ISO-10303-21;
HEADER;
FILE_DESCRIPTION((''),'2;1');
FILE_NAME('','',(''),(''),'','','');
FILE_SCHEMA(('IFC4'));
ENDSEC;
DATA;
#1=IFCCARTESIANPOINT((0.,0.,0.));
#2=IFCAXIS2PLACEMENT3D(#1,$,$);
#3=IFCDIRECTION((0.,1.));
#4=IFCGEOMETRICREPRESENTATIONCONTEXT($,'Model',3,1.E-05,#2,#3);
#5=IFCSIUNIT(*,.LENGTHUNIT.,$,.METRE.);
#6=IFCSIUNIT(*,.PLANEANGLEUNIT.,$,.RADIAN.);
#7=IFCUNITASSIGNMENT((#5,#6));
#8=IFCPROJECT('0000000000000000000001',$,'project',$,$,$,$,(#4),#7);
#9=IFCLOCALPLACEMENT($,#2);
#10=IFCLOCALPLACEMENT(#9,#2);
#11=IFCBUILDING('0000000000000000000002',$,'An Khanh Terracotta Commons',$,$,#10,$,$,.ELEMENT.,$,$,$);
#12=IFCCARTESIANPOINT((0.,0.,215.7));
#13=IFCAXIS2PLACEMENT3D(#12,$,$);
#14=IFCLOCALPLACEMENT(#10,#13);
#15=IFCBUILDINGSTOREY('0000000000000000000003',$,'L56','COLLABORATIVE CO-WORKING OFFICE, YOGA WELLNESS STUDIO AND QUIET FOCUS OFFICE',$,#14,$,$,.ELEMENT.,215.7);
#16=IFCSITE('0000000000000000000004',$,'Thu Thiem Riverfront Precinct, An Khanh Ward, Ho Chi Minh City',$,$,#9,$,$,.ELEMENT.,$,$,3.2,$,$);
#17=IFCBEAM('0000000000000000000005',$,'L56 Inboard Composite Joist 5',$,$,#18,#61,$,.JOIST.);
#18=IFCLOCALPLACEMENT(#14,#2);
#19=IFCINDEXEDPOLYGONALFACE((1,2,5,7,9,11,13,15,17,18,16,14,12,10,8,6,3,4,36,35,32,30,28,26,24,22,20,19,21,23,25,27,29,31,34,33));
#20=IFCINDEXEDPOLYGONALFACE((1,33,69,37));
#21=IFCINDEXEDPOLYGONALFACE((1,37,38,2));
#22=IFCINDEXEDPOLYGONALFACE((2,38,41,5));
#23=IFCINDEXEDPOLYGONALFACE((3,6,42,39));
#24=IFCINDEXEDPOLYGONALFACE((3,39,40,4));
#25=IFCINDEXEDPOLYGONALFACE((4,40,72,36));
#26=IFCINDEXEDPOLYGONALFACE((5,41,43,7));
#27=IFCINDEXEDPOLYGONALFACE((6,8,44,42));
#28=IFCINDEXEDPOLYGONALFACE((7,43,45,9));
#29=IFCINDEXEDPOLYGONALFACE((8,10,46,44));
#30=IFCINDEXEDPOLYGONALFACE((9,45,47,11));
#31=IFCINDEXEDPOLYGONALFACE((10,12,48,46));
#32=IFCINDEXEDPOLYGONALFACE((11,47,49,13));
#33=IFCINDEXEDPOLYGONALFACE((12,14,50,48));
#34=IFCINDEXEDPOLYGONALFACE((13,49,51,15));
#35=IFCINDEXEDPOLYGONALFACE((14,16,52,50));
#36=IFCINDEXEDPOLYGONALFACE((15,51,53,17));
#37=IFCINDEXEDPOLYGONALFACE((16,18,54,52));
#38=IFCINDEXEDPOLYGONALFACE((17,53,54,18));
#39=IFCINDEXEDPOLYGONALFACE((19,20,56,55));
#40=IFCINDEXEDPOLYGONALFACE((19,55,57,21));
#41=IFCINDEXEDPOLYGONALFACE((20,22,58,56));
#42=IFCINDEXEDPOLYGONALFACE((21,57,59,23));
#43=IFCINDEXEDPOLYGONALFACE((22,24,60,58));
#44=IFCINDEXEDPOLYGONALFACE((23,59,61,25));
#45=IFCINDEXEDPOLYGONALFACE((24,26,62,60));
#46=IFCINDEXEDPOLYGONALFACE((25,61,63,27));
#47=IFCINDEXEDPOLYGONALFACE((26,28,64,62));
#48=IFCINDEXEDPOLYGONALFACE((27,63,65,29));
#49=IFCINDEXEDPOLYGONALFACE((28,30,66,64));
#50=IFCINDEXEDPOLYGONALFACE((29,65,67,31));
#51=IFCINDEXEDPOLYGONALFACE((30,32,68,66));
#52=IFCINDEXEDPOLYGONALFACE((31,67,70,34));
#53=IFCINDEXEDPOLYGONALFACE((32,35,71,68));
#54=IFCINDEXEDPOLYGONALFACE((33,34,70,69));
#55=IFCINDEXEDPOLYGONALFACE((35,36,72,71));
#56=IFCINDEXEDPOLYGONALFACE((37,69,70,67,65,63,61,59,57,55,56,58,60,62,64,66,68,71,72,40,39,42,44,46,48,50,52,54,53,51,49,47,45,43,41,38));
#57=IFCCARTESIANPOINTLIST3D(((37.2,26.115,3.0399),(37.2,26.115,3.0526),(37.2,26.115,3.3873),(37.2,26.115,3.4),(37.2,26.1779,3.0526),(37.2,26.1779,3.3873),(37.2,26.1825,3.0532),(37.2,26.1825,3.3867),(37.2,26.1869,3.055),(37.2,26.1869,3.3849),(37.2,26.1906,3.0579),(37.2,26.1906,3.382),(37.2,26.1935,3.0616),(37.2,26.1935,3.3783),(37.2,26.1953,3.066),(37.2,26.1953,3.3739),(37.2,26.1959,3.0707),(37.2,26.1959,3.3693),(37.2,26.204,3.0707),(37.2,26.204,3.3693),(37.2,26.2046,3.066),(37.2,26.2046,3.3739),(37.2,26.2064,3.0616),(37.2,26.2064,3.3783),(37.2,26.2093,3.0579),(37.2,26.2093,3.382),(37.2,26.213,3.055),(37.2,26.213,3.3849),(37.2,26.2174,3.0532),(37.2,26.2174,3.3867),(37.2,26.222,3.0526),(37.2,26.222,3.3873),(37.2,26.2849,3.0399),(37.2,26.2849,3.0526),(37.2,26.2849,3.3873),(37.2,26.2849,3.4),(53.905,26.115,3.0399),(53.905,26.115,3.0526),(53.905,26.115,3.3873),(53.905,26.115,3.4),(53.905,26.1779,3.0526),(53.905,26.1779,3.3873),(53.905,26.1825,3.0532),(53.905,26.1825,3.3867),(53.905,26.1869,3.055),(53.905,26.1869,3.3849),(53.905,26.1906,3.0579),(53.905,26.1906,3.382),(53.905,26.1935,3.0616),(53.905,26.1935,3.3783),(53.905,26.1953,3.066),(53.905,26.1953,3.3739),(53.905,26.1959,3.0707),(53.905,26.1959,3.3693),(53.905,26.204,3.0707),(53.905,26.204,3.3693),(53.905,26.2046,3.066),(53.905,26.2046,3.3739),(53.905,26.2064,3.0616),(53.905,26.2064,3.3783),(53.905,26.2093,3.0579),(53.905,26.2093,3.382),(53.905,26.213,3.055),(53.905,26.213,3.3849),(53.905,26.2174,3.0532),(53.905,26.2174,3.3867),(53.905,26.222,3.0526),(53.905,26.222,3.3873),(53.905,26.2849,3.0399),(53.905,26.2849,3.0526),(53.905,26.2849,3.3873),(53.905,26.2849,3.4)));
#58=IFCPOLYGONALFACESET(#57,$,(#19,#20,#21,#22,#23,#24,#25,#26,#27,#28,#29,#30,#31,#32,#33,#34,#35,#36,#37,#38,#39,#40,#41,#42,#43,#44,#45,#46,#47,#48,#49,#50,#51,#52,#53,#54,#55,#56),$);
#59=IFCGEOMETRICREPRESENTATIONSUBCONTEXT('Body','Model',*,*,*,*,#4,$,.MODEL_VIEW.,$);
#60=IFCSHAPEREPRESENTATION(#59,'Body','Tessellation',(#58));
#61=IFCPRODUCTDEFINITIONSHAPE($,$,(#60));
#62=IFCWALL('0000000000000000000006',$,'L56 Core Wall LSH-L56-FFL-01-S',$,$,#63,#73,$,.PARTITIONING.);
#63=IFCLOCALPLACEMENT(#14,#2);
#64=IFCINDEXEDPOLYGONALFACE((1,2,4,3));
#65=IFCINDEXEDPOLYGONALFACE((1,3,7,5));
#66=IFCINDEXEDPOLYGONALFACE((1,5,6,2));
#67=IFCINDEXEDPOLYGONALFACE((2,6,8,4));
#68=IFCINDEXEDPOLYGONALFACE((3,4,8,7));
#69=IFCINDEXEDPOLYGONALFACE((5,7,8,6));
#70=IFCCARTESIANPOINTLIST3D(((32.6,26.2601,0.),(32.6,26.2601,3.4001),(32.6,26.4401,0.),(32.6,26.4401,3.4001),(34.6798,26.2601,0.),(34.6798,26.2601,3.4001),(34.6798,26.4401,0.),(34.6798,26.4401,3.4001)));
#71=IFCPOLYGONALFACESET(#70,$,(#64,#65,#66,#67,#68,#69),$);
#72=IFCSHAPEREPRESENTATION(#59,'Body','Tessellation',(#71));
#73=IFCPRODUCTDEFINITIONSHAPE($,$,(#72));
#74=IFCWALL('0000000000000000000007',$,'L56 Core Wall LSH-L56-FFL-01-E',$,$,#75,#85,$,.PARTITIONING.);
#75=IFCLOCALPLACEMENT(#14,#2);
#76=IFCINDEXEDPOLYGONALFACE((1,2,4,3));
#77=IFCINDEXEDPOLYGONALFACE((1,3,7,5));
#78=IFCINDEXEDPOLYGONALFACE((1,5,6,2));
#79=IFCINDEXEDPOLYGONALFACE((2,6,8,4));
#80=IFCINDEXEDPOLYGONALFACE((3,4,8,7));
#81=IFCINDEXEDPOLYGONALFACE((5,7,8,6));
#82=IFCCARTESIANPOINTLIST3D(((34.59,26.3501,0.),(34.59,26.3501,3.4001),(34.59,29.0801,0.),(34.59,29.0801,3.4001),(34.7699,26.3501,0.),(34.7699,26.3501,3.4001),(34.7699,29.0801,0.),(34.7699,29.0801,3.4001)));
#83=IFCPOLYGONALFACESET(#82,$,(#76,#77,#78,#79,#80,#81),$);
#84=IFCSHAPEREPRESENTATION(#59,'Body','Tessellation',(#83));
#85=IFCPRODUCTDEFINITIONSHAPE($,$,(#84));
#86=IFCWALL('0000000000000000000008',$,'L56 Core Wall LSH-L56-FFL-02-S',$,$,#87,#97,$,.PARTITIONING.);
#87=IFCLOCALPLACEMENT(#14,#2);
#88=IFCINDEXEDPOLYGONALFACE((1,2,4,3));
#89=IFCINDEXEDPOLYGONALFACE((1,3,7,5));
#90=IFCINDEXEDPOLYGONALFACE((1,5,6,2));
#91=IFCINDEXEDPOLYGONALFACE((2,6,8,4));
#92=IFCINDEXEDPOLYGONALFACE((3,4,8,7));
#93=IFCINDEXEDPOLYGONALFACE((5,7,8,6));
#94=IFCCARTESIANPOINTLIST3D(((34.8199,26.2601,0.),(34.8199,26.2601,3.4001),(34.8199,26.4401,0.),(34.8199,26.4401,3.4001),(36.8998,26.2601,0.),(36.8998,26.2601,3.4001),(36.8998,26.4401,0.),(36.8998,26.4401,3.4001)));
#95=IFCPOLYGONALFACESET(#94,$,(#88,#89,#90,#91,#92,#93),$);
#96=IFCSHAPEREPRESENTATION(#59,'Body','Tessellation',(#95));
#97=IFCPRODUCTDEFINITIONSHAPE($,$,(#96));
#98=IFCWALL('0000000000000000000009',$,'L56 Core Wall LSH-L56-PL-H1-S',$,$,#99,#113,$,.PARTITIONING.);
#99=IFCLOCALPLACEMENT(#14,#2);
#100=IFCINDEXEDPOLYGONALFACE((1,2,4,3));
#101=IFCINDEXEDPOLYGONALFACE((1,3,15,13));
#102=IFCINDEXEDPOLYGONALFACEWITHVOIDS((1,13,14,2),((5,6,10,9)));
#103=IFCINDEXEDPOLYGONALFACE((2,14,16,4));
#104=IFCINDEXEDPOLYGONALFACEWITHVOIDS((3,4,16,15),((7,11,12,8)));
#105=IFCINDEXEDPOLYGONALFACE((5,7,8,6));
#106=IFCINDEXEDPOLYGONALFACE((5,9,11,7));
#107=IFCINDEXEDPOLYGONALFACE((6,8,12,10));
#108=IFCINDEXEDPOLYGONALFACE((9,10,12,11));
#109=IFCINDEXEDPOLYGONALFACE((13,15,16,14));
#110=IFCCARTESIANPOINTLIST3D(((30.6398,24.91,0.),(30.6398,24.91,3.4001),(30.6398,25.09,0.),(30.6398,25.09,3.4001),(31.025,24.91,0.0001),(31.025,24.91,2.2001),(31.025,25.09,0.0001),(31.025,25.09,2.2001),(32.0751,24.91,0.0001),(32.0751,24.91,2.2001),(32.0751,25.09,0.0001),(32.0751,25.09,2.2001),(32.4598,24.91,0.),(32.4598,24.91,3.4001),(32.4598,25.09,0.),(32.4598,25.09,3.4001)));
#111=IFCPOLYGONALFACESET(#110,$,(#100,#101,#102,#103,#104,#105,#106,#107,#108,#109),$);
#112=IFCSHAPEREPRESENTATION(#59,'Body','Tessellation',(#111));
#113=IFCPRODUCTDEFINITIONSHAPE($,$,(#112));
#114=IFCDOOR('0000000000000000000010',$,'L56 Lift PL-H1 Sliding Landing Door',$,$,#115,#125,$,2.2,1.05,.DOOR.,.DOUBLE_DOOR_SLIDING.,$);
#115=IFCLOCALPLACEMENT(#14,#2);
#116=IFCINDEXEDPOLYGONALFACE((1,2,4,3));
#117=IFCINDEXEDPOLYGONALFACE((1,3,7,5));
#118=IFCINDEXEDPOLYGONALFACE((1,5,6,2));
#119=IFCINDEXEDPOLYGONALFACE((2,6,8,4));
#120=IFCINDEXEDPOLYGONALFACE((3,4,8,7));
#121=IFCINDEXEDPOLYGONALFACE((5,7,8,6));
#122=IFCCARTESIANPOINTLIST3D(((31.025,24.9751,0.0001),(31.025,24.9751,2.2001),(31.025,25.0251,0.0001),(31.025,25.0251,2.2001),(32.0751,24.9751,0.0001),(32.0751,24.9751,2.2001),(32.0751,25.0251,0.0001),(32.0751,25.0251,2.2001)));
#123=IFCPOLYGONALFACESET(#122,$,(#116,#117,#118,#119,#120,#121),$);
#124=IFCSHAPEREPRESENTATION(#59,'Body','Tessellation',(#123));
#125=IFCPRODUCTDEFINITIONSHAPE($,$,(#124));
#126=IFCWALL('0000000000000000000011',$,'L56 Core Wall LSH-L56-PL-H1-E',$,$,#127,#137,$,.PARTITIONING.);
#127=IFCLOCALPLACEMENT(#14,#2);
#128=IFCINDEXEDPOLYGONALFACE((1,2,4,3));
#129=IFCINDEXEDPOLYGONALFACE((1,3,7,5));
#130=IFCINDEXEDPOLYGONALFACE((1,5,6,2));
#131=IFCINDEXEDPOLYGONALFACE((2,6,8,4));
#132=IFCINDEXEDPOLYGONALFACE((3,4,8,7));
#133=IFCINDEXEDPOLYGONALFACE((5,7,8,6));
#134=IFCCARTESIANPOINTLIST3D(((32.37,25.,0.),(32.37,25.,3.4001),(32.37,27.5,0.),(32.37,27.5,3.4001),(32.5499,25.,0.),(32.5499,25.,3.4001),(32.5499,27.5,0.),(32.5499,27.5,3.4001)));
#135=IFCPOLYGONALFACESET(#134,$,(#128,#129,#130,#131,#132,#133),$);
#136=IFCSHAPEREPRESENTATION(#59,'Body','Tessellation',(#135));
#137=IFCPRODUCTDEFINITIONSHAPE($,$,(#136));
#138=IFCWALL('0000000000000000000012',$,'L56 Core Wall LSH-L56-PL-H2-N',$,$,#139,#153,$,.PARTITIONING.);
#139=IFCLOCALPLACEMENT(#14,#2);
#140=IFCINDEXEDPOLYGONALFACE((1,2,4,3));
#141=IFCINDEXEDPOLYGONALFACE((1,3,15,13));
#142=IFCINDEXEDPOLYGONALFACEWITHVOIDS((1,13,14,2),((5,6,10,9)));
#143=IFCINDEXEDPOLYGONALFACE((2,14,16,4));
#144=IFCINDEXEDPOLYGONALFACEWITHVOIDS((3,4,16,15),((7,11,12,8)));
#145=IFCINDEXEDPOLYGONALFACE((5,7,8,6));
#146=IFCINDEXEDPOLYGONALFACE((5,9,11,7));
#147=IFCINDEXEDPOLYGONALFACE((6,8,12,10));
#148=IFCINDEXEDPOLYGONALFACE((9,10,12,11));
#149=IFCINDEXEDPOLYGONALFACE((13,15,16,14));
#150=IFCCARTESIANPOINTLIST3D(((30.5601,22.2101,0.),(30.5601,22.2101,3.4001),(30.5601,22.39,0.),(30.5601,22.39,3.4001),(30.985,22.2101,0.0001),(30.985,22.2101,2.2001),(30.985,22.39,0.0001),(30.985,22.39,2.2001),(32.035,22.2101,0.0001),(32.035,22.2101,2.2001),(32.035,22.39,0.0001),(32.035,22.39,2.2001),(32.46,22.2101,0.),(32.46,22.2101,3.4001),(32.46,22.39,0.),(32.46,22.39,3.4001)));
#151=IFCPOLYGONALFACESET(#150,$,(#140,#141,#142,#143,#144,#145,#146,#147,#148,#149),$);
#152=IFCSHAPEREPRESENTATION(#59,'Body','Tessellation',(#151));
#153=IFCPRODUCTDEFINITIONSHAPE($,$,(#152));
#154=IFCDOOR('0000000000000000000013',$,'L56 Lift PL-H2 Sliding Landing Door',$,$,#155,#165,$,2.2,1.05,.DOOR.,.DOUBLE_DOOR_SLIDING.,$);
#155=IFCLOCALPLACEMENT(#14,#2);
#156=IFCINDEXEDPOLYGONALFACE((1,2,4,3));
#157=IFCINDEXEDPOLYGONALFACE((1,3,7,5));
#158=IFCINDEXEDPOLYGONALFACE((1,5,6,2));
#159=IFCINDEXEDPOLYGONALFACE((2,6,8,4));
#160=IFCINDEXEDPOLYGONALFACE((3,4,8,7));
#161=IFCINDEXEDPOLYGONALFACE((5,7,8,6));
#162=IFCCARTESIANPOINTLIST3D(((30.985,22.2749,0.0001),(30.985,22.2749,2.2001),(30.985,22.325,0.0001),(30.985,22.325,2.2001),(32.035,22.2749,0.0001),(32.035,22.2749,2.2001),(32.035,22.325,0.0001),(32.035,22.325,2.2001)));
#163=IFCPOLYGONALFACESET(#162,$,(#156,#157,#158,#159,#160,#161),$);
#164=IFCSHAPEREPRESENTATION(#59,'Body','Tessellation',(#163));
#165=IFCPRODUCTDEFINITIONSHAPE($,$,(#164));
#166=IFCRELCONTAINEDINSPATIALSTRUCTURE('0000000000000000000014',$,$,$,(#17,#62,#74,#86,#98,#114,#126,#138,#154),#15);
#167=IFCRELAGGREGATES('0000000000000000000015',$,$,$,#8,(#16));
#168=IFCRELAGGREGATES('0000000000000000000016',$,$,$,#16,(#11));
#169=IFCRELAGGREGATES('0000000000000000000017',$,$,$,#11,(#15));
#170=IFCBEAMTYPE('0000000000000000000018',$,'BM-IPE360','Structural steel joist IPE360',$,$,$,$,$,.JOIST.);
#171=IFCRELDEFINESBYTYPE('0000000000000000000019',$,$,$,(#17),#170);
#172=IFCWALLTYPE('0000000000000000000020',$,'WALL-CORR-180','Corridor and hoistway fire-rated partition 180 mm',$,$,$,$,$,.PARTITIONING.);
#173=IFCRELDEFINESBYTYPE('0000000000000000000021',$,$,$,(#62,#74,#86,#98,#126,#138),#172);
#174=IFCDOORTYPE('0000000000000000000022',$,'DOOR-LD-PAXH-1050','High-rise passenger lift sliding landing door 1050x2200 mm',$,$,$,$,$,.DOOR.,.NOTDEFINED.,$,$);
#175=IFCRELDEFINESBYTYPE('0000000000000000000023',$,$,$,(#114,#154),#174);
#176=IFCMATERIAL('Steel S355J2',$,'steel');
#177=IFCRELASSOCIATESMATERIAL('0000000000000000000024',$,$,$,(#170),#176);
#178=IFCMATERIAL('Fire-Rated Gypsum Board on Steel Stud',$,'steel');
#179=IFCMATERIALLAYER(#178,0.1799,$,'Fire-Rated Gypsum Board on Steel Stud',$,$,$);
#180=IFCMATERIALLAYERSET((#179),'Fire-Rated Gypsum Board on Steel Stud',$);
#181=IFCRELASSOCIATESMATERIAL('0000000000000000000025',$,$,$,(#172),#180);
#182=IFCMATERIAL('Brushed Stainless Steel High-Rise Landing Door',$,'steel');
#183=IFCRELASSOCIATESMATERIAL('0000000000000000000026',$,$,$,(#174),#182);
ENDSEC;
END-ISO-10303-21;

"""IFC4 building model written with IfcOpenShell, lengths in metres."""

from ifc_helpers import new_model, si_unit, direction, frame, frame_2d, origin, origin_2d, place, context, subcontext, project, spatial, rectangle, i_section, extrude, material, layer, layer_set, material_profile, profile_set, type_object, element, fill, save


model = new_model("IFC4")

# Units and contexts
model_context = context("Model", 3, precision=1e-05, world=origin(), true_north=direction((0.0, 1.0)))
body_context = subcontext(model_context, "Body", "Model", "MODEL_VIEW")
ifc_project = project(units=[si_unit("LENGTHUNIT", "METRE"), si_unit("PLANEANGLEUNIT", "RADIAN")], contexts=[model_context])

# Site, building, storey
site_placement = place(None, origin())
site = spatial("IfcSite", under=ifc_project, at=site_placement, Name="Thu Thiem Riverfront Precinct, An Khanh Ward, Ho Chi Minh City", CompositionType="ELEMENT", RefElevation=3.2)
building_placement = place(site_placement, origin())
building = spatial("IfcBuilding", under=site, at=building_placement, Name="An Khanh Terracotta Commons", CompositionType="ELEMENT")
storey_placement = place(building_placement, frame((0.0, 0.0, 215.7)))
storey = spatial("IfcBuildingStorey", under=building, at=storey_placement, Name="L56", Description="COLLABORATIVE CO-WORKING OFFICE, YOGA WELLNESS STUDIO AND QUIET FOCUS OFFICE", CompositionType="ELEMENT", Elevation=215.7)

# Beam
ifc_material_1 = material(Name="Steel S355J2", Category="steel")
ifc_material_profile_1 = material_profile(ifc_material_1, i_section(OverallWidth=0.1699, OverallDepth=0.3601, WebThickness=0.0081, FlangeThickness=0.0127, FilletRadius=0.0181, at=origin_2d()), Name="IPE360")
ifc_profile_set_1 = profile_set([ifc_material_profile_1], Name="Steel S355J2")
beam_type_1 = type_object("IfcBeamType", Name="BM-IPE360", Description="Structural steel joist IPE360", PredefinedType="JOIST", material=ifc_profile_set_1)
for number, where, z_axis, x_axis, name in (
    (1, (37.2, 26.2, 3.22), (1.0, 0.0, 0.0), (0.0, 1.0, 0.0), "L56 Inboard Composite Joist 5"),
):
    element("IfcBeam", number, at=place(storey_placement, frame(where, z_axis=z_axis, x_axis=x_axis)), inside=storey, type_object=beam_type_1, Name=name, PredefinedType="JOIST", context=body_context, shape_type="SweptSolid", body=[
        extrude(i_section(OverallWidth=0.1699, OverallDepth=0.3601, WebThickness=0.0081, FlangeThickness=0.0127, FilletRadius=0.0181, at=origin_2d()), origin(), (0.0, 0.0, 1.0), 16.7051),
    ])

# Walls
ifc_material_2 = material(Name="Fire-Rated Gypsum Board on Steel Stud", Category="steel")
ifc_layer = layer(ifc_material_2, 0.1799, Name="Fire-Rated Gypsum Board on Steel Stud")
ifc_layer_set = layer_set([ifc_layer], Name="Fire-Rated Gypsum Board on Steel Stud")
wall_type = type_object("IfcWallType", Name="WALL-CORR-180", Description="Corridor and hoistway fire-rated partition 180 mm", PredefinedType="PARTITIONING", material=ifc_layer_set)
wall_1_placement = place(storey_placement, frame((34.6799, 26.3501, 0.0), z_axis=(0.0, 0.0, 1.0), x_axis=(-1.0, 0.0, 0.0)))
element("IfcWall", 2, at=wall_1_placement, inside=storey, type_object=wall_type, Name="L56 Core Wall LSH-L56-FFL-01-S", PredefinedType="PARTITIONING", context=body_context, shape_type="SweptSolid", body=[
    extrude(rectangle(XDim=2.0798, YDim=0.1799, at=frame_2d((1.04, 0.0))), origin(), (0.0, 0.0, 1.0), 3.4001),
])
wall_2_placement = place(storey_placement, frame((34.6799, 26.3501, 0.0), z_axis=(0.0, 0.0, 1.0), x_axis=(0.0, 1.0, 0.0)))
element("IfcWall", 3, at=wall_2_placement, inside=storey, type_object=wall_type, Name="L56 Core Wall LSH-L56-FFL-01-E", PredefinedType="PARTITIONING", context=body_context, shape_type="SweptSolid", body=[
    extrude(rectangle(XDim=2.73, YDim=0.1799, at=frame_2d((1.365, 0.0))), origin(), (0.0, 0.0, 1.0), 3.4001),
])
wall_3_placement = place(storey_placement, frame((36.8999, 26.3501, 0.0), z_axis=(0.0, 0.0, 1.0), x_axis=(-1.0, 0.0, 0.0)))
element("IfcWall", 4, at=wall_3_placement, inside=storey, type_object=wall_type, Name="L56 Core Wall LSH-L56-FFL-02-S", PredefinedType="PARTITIONING", context=body_context, shape_type="SweptSolid", body=[
    extrude(rectangle(XDim=2.0798, YDim=0.1799, at=frame_2d((1.04, 0.0))), origin(), (0.0, 0.0, 1.0), 3.4001),
])

# Wall, opening, door
wall_4_placement = place(storey_placement, frame((32.46, 25.0, 0.0), z_axis=(0.0, 0.0, 1.0), x_axis=(-1.0, 0.0, 0.0)))
wall_4 = element("IfcWall", 5, at=wall_4_placement, inside=storey, type_object=wall_type, Name="L56 Core Wall LSH-L56-PL-H1-S", PredefinedType="PARTITIONING", context=body_context, shape_type="SweptSolid", body=[
    extrude(rectangle(XDim=1.8201, YDim=0.1799, at=frame_2d((0.9102, 0.0))), origin(), (0.0, 0.0, 1.0), 3.4001),
])
opening_1_placement = place(wall_4_placement, frame((0.385, 0.0, 0.0)))
opening_1 = element("IfcOpeningElement", 6, at=opening_1_placement, cuts=wall_4, PredefinedType="OPENING", context=body_context, shape_type="SweptSolid", body=[
    extrude(rectangle(XDim=1.05, YDim=2.2, at=frame_2d((0.5249, 1.1001))), frame((0.0, 0.0999, 0.0), z_axis=(0.0, -1.0, 0.0), x_axis=(1.0, 0.0, 0.0)), (0.0, 0.0, 1.0), 0.2),
])
ifc_material_3 = material(Name="Brushed Stainless Steel High-Rise Landing Door", Category="steel")
door_type = type_object("IfcDoorType", Name="DOOR-LD-PAXH-1050", Description="High-rise passenger lift sliding landing door 1050x2200 mm", OperationType="NOTDEFINED", PredefinedType="DOOR", material=ifc_material_3)
door_1_placement = place(opening_1_placement, origin())
door_1 = element("IfcDoor", 7, at=door_1_placement, inside=storey, type_object=door_type, Name="L56 Lift PL-H1 Sliding Landing Door", OperationType="DOUBLE_DOOR_SLIDING", OverallHeight=2.2, OverallWidth=1.05, PredefinedType="DOOR", context=body_context, shape_type="SweptSolid", body=[
    extrude(rectangle(XDim=1.05, YDim=2.2, at=frame_2d((0.5249, 1.1001))), frame((0.0, 0.0249, 0.0), z_axis=(0.0, -1.0, 0.0), x_axis=(1.0, 0.0, 0.0)), (0.0, 0.0, 1.0), 0.05),
])
fill(opening_1, door_1)

# Wall
wall_5_placement = place(storey_placement, frame((32.46, 25.0, 0.0), z_axis=(0.0, 0.0, 1.0), x_axis=(0.0, 1.0, 0.0)))
element("IfcWall", 8, at=wall_5_placement, inside=storey, type_object=wall_type, Name="L56 Core Wall LSH-L56-PL-H1-E", PredefinedType="PARTITIONING", context=body_context, shape_type="SweptSolid", body=[
    extrude(rectangle(XDim=2.5, YDim=0.1799, at=frame_2d((1.25, 0.0))), origin(), (0.0, 0.0, 1.0), 3.4001),
])

# Wall, opening, door
wall_6_placement = place(storey_placement, frame((30.5601, 22.3, 0.0), z_axis=(0.0, 0.0, 1.0), x_axis=(1.0, 0.0, 0.0)))
wall_6 = element("IfcWall", 9, at=wall_6_placement, inside=storey, type_object=wall_type, Name="L56 Core Wall LSH-L56-PL-H2-N", PredefinedType="PARTITIONING", context=body_context, shape_type="SweptSolid", body=[
    extrude(rectangle(XDim=1.8999, YDim=0.1799, at=frame_2d((0.95, 0.0))), origin(), (0.0, 0.0, 1.0), 3.4001),
])
opening_2_placement = place(wall_6_placement, frame((0.425, 0.0, 0.0)))
opening_2 = element("IfcOpeningElement", 10, at=opening_2_placement, cuts=wall_6, PredefinedType="OPENING", context=body_context, shape_type="SweptSolid", body=[
    extrude(rectangle(XDim=1.05, YDim=2.2, at=frame_2d((0.5249, 1.1001))), frame((0.0, 0.0999, 0.0), z_axis=(0.0, -1.0, 0.0), x_axis=(1.0, 0.0, 0.0)), (0.0, 0.0, 1.0), 0.2),
])
door_2_placement = place(opening_2_placement, origin())
door_2 = element("IfcDoor", 11, at=door_2_placement, inside=storey, type_object=door_type, Name="L56 Lift PL-H2 Sliding Landing Door", OperationType="DOUBLE_DOOR_SLIDING", OverallHeight=2.2, OverallWidth=1.05, PredefinedType="DOOR", context=body_context, shape_type="SweptSolid", body=[
    extrude(rectangle(XDim=1.05, YDim=2.2, at=frame_2d((0.5249, 1.1001))), frame((0.0, 0.0249, 0.0), z_axis=(0.0, -1.0, 0.0), x_axis=(1.0, 0.0, 0.0)), (0.0, 0.0, 1.0), 0.05),
])
fill(opening_2, door_2)

save(model, "model.ifc")
